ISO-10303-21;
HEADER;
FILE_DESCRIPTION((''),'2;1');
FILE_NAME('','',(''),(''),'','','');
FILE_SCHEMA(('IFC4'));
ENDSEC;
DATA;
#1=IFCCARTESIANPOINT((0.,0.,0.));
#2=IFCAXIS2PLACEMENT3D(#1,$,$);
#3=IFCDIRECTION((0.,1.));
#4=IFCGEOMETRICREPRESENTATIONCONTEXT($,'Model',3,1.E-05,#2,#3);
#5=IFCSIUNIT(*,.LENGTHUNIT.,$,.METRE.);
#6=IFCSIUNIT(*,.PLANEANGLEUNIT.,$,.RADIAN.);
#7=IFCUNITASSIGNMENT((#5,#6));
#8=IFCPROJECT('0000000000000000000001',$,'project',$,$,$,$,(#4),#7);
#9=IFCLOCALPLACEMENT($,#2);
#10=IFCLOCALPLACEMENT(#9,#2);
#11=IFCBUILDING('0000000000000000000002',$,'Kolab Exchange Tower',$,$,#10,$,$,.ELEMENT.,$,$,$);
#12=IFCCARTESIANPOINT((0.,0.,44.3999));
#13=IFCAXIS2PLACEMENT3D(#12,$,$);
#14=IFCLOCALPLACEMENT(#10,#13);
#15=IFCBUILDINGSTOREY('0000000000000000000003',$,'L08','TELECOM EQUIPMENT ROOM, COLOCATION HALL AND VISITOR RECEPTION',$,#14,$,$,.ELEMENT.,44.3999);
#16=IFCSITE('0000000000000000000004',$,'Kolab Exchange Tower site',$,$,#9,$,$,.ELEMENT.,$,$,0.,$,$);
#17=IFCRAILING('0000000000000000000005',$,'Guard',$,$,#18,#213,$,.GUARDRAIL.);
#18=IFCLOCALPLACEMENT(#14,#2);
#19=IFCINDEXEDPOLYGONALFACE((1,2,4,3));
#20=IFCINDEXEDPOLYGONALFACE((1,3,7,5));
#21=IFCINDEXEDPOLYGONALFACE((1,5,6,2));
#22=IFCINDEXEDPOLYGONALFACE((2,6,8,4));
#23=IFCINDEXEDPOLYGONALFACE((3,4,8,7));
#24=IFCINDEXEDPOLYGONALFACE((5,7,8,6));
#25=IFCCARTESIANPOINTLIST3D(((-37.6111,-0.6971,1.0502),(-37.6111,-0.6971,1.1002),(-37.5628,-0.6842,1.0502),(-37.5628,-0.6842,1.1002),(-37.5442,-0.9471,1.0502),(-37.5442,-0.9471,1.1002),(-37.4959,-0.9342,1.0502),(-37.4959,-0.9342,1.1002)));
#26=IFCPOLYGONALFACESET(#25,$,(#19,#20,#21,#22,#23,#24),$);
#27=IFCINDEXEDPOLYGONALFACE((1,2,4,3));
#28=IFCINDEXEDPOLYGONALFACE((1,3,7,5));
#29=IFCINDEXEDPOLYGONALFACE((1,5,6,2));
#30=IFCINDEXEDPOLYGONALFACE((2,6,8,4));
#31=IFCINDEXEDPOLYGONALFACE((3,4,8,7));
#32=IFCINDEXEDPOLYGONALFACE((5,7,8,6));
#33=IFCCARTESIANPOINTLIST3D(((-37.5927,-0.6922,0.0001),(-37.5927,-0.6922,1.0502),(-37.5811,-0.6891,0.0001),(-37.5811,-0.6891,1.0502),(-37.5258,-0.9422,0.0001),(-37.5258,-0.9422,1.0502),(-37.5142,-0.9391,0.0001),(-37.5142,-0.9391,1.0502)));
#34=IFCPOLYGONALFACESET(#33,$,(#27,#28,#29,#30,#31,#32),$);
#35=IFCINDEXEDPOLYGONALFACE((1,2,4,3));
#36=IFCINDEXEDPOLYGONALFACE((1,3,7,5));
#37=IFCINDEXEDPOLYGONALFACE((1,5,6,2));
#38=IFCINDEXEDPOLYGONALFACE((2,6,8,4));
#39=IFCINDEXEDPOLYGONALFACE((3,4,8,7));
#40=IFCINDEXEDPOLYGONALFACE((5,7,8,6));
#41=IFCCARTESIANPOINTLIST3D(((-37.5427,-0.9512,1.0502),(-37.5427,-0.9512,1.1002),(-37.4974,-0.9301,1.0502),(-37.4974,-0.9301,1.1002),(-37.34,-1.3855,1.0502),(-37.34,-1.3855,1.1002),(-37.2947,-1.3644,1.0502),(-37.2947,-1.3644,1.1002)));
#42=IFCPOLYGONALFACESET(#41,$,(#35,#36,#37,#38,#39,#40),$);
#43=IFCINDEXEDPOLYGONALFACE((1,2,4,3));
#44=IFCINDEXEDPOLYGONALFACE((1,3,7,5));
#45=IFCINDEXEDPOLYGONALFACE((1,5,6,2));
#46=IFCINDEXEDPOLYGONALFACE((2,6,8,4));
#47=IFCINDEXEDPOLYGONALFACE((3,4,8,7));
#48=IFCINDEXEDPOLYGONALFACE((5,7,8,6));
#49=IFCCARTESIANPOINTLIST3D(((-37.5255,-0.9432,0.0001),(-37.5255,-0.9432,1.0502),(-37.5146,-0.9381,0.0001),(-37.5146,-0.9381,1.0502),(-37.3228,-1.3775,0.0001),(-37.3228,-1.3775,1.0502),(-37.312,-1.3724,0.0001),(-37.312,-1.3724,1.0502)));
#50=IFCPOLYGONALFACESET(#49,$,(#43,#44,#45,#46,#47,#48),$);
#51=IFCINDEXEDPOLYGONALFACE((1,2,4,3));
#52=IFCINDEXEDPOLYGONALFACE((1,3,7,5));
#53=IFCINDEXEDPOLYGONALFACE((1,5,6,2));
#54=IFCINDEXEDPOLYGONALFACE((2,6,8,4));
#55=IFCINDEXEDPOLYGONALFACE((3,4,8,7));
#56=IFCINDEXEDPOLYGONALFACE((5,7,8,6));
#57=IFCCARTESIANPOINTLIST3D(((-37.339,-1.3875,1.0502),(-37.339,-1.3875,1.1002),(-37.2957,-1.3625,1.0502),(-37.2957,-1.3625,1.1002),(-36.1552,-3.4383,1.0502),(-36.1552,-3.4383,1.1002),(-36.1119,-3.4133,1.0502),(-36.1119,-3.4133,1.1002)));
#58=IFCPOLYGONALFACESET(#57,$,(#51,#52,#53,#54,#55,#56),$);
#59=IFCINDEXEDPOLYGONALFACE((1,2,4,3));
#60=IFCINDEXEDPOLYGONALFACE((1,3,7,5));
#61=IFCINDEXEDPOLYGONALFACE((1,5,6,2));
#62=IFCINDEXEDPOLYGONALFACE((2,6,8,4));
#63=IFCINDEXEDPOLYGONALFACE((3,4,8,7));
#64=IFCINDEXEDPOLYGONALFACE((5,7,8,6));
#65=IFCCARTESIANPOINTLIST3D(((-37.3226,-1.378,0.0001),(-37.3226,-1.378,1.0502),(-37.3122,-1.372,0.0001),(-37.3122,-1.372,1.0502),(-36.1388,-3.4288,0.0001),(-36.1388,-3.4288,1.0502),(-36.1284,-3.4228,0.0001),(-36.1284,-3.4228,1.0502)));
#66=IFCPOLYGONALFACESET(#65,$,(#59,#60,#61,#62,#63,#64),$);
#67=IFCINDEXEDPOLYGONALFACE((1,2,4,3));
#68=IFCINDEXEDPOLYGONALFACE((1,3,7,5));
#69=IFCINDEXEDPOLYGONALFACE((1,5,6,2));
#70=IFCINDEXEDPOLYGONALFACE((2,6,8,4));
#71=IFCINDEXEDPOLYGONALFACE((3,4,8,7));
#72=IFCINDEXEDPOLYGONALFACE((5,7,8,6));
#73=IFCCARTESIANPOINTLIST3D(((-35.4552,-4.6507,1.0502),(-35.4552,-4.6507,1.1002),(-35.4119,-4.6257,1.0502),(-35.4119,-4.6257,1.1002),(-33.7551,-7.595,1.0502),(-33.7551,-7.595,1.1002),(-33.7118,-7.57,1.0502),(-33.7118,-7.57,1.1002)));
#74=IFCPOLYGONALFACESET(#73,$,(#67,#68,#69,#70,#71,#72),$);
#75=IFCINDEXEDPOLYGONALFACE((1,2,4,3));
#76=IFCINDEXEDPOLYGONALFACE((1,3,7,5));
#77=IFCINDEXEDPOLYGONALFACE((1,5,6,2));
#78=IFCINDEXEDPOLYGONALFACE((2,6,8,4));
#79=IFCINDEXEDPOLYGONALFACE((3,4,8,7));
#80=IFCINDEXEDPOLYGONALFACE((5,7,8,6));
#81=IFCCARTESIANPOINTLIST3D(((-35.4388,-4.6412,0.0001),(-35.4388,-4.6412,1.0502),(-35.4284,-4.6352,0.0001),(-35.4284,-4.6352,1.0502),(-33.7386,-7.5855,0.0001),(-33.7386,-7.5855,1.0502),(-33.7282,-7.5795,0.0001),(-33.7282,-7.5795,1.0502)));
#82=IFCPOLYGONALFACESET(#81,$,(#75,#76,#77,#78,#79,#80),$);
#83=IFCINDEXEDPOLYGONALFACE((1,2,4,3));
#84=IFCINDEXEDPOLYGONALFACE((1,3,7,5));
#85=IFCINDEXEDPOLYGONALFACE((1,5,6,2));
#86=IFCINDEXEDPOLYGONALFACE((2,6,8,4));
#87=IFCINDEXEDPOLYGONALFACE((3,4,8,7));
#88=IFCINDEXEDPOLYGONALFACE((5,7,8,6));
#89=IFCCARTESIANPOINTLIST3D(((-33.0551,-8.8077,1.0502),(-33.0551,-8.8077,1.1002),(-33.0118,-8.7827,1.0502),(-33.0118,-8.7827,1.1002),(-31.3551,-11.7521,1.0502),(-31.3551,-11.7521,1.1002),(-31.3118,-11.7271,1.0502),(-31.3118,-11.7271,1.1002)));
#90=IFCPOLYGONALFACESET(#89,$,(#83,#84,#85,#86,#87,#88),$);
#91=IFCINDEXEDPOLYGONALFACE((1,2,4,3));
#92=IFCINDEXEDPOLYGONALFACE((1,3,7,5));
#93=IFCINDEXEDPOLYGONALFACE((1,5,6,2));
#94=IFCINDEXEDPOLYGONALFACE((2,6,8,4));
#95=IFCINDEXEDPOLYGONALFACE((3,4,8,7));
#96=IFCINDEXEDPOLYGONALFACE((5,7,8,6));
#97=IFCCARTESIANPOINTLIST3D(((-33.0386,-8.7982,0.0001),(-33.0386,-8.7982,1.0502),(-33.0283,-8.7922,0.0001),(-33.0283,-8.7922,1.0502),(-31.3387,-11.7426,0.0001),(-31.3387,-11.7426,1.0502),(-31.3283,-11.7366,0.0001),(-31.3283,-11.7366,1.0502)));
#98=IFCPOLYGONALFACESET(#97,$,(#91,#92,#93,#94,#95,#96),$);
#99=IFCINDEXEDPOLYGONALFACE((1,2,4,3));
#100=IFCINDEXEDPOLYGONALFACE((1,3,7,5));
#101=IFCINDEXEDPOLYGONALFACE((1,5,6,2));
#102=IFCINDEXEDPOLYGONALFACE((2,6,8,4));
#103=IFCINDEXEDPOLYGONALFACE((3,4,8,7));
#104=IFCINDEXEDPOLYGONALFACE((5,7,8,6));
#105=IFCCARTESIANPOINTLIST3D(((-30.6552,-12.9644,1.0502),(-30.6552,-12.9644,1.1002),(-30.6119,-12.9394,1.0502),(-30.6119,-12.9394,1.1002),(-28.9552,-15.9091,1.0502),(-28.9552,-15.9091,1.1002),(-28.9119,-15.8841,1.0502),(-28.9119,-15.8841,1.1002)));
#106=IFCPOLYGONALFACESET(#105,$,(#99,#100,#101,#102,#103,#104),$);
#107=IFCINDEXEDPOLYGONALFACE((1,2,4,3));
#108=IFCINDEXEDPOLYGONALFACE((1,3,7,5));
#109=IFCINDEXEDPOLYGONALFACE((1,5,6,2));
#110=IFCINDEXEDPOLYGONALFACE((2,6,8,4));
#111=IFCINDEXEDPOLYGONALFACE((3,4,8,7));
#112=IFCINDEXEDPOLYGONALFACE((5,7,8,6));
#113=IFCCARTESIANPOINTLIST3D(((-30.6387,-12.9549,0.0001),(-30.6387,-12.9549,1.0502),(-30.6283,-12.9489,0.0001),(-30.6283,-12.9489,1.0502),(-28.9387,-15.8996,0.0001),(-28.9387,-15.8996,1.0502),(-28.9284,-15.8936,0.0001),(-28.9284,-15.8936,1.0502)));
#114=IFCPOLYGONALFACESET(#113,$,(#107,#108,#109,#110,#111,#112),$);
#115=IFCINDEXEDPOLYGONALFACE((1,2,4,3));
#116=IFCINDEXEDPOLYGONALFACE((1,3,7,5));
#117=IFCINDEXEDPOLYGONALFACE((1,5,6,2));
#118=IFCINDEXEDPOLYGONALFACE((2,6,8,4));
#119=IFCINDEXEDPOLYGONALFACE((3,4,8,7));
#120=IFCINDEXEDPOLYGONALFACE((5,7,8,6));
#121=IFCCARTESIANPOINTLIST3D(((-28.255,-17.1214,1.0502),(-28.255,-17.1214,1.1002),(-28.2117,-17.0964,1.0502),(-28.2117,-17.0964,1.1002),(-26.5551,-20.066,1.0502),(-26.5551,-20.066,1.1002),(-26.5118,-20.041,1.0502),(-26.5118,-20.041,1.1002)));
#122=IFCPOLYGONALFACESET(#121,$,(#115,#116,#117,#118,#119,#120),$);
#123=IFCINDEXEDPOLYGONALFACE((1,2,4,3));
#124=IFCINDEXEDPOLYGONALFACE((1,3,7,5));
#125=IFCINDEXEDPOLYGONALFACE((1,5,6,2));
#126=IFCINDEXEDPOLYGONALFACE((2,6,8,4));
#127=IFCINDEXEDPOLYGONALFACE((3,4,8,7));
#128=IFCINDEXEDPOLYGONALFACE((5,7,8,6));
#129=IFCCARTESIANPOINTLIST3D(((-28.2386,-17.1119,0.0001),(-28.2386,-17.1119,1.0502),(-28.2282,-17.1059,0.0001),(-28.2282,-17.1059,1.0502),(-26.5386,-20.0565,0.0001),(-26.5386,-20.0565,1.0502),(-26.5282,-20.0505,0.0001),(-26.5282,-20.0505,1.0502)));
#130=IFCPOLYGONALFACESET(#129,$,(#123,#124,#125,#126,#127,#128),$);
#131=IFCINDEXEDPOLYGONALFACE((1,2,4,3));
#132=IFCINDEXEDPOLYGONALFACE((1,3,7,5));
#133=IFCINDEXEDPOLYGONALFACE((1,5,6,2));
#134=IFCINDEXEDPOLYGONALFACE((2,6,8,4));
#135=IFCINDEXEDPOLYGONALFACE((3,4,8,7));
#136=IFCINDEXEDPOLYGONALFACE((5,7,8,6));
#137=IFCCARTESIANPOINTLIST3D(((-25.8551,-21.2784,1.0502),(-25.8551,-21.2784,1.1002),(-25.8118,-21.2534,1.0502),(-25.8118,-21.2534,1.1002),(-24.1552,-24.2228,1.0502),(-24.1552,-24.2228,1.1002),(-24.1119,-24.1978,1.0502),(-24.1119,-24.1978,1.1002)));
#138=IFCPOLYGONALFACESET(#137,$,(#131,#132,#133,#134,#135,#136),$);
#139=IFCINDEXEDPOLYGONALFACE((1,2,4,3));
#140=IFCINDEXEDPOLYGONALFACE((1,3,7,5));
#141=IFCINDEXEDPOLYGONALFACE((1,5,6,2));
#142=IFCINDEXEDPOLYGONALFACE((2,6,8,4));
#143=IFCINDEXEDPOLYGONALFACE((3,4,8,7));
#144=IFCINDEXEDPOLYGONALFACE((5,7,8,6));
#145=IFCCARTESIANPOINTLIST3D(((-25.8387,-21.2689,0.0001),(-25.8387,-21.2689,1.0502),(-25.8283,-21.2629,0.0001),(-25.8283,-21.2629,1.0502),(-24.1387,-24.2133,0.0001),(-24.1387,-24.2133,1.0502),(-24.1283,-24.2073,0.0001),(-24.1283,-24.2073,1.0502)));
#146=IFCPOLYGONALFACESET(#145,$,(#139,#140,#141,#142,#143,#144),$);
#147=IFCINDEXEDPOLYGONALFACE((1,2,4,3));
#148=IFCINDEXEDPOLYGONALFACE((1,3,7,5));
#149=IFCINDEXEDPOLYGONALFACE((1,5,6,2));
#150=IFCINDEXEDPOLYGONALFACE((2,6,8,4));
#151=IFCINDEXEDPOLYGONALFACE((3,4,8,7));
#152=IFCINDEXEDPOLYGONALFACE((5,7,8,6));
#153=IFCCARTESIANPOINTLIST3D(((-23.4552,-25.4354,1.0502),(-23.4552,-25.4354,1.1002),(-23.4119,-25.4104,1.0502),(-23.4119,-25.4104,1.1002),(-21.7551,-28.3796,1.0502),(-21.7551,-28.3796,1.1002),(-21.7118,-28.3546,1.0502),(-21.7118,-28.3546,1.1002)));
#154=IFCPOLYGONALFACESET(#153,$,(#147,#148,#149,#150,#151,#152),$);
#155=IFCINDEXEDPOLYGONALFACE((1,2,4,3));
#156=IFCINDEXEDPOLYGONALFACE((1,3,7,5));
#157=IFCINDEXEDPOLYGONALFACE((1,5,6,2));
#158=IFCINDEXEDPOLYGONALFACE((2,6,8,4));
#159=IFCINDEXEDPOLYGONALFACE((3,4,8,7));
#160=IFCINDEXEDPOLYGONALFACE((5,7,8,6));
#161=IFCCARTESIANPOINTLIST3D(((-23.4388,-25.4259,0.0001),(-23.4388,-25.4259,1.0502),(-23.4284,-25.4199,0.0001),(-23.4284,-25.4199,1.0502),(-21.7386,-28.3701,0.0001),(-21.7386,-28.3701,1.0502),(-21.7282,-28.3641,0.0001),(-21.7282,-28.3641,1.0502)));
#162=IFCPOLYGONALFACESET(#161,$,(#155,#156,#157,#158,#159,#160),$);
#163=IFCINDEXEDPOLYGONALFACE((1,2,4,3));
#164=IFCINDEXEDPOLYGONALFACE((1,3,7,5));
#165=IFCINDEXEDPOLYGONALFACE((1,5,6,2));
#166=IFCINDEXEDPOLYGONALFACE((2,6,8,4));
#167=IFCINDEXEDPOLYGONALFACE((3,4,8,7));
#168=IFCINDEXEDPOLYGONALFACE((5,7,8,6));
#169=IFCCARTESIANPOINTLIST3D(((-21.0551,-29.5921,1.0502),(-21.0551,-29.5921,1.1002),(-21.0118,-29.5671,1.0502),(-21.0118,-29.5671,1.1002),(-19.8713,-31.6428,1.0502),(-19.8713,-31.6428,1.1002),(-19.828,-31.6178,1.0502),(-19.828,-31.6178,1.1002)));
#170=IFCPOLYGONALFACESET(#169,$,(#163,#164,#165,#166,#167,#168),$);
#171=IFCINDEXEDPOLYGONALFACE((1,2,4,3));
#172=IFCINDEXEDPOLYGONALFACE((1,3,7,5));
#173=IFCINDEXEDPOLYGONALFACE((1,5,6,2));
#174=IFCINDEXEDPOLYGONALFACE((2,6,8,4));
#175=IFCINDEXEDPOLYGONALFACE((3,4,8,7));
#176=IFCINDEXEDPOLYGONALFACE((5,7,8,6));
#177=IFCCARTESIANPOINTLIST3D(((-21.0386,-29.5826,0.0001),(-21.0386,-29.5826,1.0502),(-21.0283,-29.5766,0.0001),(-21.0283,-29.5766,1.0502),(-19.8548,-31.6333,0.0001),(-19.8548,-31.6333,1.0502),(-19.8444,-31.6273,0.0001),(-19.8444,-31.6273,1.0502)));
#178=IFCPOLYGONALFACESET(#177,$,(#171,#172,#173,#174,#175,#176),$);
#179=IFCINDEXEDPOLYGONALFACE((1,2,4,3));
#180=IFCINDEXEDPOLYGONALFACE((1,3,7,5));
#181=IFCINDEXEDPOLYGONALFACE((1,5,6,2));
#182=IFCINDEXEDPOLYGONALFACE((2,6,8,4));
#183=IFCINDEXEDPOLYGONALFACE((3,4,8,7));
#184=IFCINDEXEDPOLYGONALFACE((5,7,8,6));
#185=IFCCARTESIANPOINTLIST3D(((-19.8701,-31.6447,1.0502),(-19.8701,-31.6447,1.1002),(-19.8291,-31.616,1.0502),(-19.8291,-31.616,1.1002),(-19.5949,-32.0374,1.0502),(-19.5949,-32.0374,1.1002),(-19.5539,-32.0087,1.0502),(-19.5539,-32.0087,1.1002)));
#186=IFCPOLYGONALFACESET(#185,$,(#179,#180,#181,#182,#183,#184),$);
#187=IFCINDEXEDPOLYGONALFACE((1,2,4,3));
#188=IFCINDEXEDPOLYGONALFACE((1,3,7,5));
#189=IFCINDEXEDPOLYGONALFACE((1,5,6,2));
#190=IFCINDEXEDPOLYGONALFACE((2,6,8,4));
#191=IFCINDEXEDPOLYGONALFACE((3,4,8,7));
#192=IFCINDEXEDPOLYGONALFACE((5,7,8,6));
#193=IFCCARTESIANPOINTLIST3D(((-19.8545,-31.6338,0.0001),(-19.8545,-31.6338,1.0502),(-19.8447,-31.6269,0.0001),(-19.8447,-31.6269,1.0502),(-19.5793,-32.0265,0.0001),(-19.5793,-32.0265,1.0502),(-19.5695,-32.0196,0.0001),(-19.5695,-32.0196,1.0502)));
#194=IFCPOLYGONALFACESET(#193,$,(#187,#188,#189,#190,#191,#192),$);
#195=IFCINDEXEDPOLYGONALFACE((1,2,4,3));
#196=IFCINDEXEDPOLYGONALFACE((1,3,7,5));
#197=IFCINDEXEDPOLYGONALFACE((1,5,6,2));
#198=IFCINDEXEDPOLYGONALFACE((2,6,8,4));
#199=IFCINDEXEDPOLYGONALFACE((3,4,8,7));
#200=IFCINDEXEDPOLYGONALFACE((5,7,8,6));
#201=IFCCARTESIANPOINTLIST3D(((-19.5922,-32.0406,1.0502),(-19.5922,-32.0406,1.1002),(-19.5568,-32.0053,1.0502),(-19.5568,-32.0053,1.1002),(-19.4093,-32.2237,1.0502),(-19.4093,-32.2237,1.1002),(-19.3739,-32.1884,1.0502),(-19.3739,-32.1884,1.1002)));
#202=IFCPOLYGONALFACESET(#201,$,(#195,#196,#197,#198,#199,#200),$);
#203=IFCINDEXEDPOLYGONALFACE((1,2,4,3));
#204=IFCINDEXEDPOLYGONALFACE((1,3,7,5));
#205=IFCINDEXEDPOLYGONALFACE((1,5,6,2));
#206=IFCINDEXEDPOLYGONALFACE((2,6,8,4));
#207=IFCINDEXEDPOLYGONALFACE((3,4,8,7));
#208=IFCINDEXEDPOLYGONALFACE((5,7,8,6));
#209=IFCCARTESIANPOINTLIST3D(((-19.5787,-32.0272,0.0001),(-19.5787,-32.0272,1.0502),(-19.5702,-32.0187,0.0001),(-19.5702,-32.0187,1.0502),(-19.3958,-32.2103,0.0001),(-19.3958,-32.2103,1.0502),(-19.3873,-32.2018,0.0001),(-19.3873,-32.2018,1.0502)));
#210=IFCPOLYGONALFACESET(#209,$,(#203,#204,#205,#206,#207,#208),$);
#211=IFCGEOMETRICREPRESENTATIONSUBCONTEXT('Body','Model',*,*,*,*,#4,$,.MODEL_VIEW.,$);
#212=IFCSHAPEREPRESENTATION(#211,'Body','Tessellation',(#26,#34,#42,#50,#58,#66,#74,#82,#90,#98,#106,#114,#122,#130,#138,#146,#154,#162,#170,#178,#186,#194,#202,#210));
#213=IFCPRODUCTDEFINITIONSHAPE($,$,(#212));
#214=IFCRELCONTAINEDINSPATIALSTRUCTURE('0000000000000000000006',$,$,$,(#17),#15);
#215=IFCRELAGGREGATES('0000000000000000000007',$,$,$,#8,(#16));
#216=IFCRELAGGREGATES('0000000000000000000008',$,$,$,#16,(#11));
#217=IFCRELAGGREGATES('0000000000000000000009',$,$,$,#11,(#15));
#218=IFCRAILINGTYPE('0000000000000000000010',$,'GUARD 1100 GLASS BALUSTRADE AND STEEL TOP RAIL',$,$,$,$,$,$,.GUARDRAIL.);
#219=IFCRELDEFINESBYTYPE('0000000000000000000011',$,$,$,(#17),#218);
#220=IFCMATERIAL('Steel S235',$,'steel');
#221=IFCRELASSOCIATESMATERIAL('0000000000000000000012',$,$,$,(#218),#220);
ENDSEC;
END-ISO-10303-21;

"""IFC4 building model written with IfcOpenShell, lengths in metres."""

from ifc_helpers import new_model, si_unit, direction, frame, frame_2d, origin, origin_2d, place, context, subcontext, project, spatial, rectangle, extrude, material, type_object, element, save


model = new_model("IFC4")

# Units and contexts
model_context = context("Model", 3, precision=1e-05, world=origin(), true_north=direction((0.0, 1.0)))
body_context = subcontext(model_context, "Body", "Model", "MODEL_VIEW")
ifc_project = project(units=[si_unit("LENGTHUNIT", "METRE"), si_unit("PLANEANGLEUNIT", "RADIAN")], contexts=[model_context])

# Site, building, storey
site_placement = place(None, origin())
site = spatial("IfcSite", under=ifc_project, at=site_placement, Name="Kolab Exchange Tower site", CompositionType="ELEMENT", RefElevation=0.0)
building_placement = place(site_placement, origin())
building = spatial("IfcBuilding", under=site, at=building_placement, Name="Kolab Exchange Tower", CompositionType="ELEMENT")
storey_placement = place(building_placement, frame((0.0, 0.0, 44.3999)))
storey = spatial("IfcBuildingStorey", under=building, at=storey_placement, Name="L08", Description="TELECOM EQUIPMENT ROOM, COLOCATION HALL AND VISITOR RECEPTION", CompositionType="ELEMENT", Elevation=44.3999)

# Railing
ifc_material_1 = material(Name="Steel S235", Category="steel")
railing_type = type_object("IfcRailingType", Name="GUARD 1100 GLASS BALUSTRADE AND STEEL TOP RAIL", PredefinedType="GUARDRAIL", material=ifc_material_1)
railing_placement = place(storey_placement, frame((-37.5869, -0.6907, 0.0)))
element("IfcRailing", 1, at=railing_placement, inside=storey, type_object=railing_type, Name="Guard", PredefinedType="GUARDRAIL", context=body_context, shape_type="SweptSolid", body=[
    extrude(rectangle(XDim=0.05, YDim=0.05, at=origin_2d()), frame((0.0, 0.0, 1.0752), z_axis=(0.258485, -0.966015, 0.0), x_axis=(0.966015, 0.258485, 0.0)), (0.0, 0.0, 1.0), 0.2588),
    extrude(rectangle(XDim=0.012, YDim=1.0501, at=frame_2d((0.0, 0.5251))), frame((0.0, 0.0, 0.0), z_axis=(0.258485, -0.966015, 0.0), x_axis=(0.966015, 0.258485, 0.0)), (0.0, 0.0, 1.0), 0.2588),
    extrude(rectangle(XDim=0.05, YDim=0.05, at=origin_2d()), frame((0.0669, -0.25, 1.0752), z_axis=(0.422802, -0.906222, 0.0), x_axis=(0.906222, 0.422802, 0.0)), (0.0, 0.0, 1.0), 0.4792),
    extrude(rectangle(XDim=0.012, YDim=1.0501, at=frame_2d((0.0, 0.5251))), frame((0.0669, -0.25, 0.0), z_axis=(0.422802, -0.906222, 0.0), x_axis=(0.906222, 0.422802, 0.0)), (0.0, 0.0, 1.0), 0.4792),
    extrude(rectangle(XDim=0.05, YDim=0.05, at=origin_2d()), frame((0.2695, -0.6843, 1.0752), z_axis=(0.499943, -0.866059, 0.0), x_axis=(0.866059, 0.499943, 0.0)), (0.0, 0.0, 1.0), 2.3679),
    extrude(rectangle(XDim=0.012, YDim=1.0501, at=frame_2d((0.0, 0.5251))), frame((0.2695, -0.6843, 0.0), z_axis=(0.499943, -0.866059, 0.0), x_axis=(0.866059, 0.499943, 0.0)), (0.0, 0.0, 1.0), 2.3679),
    extrude(rectangle(XDim=0.05, YDim=0.05, at=origin_2d()), frame((2.1533, -3.9475, 1.0752), z_axis=(0.500062, -0.865989, 0.0), x_axis=(0.865989, 0.500062, 0.0)), (0.0, 0.0, 1.0), 3.3999),
    extrude(rectangle(XDim=0.012, YDim=1.0501, at=frame_2d((0.0, 0.5251))), frame((2.1533, -3.9475, 0.0), z_axis=(0.500062, -0.865989, 0.0), x_axis=(0.865989, 0.500062, 0.0)), (0.0, 0.0, 1.0), 3.3999),
    extrude(rectangle(XDim=0.05, YDim=0.05, at=origin_2d()), frame((4.5535, -8.1045, 1.0752), z_axis=(0.500008, -0.866021, 0.0), x_axis=(0.866021, 0.500008, 0.0)), (0.0, 0.0, 1.0), 3.3999),
    extrude(rectangle(XDim=0.012, YDim=1.0501, at=frame_2d((0.0, 0.5251))), frame((4.5535, -8.1045, 0.0), z_axis=(0.500008, -0.866021, 0.0), x_axis=(0.866021, 0.500008, 0.0)), (0.0, 0.0, 1.0), 3.3999),
    extrude(rectangle(XDim=0.05, YDim=0.05, at=origin_2d()), frame((6.9534, -12.2612, 1.0752), z_axis=(0.499977, -0.866039, 0.0), x_axis=(0.866039, 0.499977, 0.0)), (0.0, 0.0, 1.0), 3.4001),
    extrude(rectangle(XDim=0.012, YDim=1.0501, at=frame_2d((0.0, 0.5251))), frame((6.9534, -12.2612, 0.0), z_axis=(0.499977, -0.866039, 0.0), x_axis=(0.866039, 0.499977, 0.0)), (0.0, 0.0, 1.0), 3.4001),
    extrude(rectangle(XDim=0.05, YDim=0.05, at=origin_2d()), frame((9.3535, -16.4182, 1.0752), z_axis=(0.499977, -0.866039, 0.0), x_axis=(0.866039, 0.499977, 0.0)), (0.0, 0.0, 1.0), 3.4001),
    extrude(rectangle(XDim=0.012, YDim=1.0501, at=frame_2d((0.0, 0.5251))), frame((9.3535, -16.4182, 0.0), z_axis=(0.499977, -0.866039, 0.0), x_axis=(0.866039, 0.499977, 0.0)), (0.0, 0.0, 1.0), 3.4001),
    extrude(rectangle(XDim=0.05, YDim=0.05, at=origin_2d()), frame((11.7534, -20.5752, 1.0752), z_axis=(0.500008, -0.866021, 0.0), x_axis=(0.866021, 0.500008, 0.0)), (0.0, 0.0, 1.0), 3.3999),
    extrude(rectangle(XDim=0.012, YDim=1.0501, at=frame_2d((0.0, 0.5251))), frame((11.7534, -20.5752, 0.0), z_axis=(0.500008, -0.866021, 0.0), x_axis=(0.866021, 0.500008, 0.0)), (0.0, 0.0, 1.0), 3.3999),
    extrude(rectangle(XDim=0.05, YDim=0.05, at=origin_2d()), frame((14.1533, -24.7322, 1.0752), z_axis=(0.500062, -0.865989, 0.0), x_axis=(0.865989, 0.500062, 0.0)), (0.0, 0.0, 1.0), 3.3999),
    extrude(rectangle(XDim=0.012, YDim=1.0501, at=frame_2d((0.0, 0.5251))), frame((14.1533, -24.7322, 0.0), z_axis=(0.500062, -0.865989, 0.0), x_axis=(0.865989, 0.500062, 0.0)), (0.0, 0.0, 1.0), 3.3999),
    extrude(rectangle(XDim=0.05, YDim=0.05, at=origin_2d()), frame((16.5535, -28.8889, 1.0752), z_axis=(0.499943, -0.866059, 0.0), x_axis=(0.866059, 0.499943, 0.0)), (0.0, 0.0, 1.0), 2.3679),
    extrude(rectangle(XDim=0.012, YDim=1.0501, at=frame_2d((0.0, 0.5251))), frame((16.5535, -28.8889, 0.0), z_axis=(0.499943, -0.866059, 0.0), x_axis=(0.866059, 0.499943, 0.0)), (0.0, 0.0, 1.0), 2.3679),
    extrude(rectangle(XDim=0.05, YDim=0.05, at=origin_2d()), frame((17.7373, -30.9397, 1.0752), z_axis=(0.573941, -0.818897, 0.0), x_axis=(0.818897, 0.573941, 0.0)), (0.0, 0.0, 1.0), 0.4795),
    extrude(rectangle(XDim=0.012, YDim=1.0501, at=frame_2d((0.0, 0.5251))), frame((17.7373, -30.9397, 0.0), z_axis=(0.573941, -0.818897, 0.0), x_axis=(0.818897, 0.573941, 0.0)), (0.0, 0.0, 1.0), 0.4795),
    extrude(rectangle(XDim=0.05, YDim=0.05, at=origin_2d()), frame((18.0125, -31.3323, 1.0752), z_axis=(0.706635, -0.707578, 0.0), x_axis=(0.707578, 0.706635, 0.0)), (0.0, 0.0, 1.0), 0.2588),
    extrude(rectangle(XDim=0.012, YDim=1.0501, at=frame_2d((0.0, 0.5251))), frame((18.0125, -31.3323, 0.0), z_axis=(0.706635, -0.707578, 0.0), x_axis=(0.707578, 0.706635, 0.0)), (0.0, 0.0, 1.0), 0.2588),
])

save(model, "model.ifc")
